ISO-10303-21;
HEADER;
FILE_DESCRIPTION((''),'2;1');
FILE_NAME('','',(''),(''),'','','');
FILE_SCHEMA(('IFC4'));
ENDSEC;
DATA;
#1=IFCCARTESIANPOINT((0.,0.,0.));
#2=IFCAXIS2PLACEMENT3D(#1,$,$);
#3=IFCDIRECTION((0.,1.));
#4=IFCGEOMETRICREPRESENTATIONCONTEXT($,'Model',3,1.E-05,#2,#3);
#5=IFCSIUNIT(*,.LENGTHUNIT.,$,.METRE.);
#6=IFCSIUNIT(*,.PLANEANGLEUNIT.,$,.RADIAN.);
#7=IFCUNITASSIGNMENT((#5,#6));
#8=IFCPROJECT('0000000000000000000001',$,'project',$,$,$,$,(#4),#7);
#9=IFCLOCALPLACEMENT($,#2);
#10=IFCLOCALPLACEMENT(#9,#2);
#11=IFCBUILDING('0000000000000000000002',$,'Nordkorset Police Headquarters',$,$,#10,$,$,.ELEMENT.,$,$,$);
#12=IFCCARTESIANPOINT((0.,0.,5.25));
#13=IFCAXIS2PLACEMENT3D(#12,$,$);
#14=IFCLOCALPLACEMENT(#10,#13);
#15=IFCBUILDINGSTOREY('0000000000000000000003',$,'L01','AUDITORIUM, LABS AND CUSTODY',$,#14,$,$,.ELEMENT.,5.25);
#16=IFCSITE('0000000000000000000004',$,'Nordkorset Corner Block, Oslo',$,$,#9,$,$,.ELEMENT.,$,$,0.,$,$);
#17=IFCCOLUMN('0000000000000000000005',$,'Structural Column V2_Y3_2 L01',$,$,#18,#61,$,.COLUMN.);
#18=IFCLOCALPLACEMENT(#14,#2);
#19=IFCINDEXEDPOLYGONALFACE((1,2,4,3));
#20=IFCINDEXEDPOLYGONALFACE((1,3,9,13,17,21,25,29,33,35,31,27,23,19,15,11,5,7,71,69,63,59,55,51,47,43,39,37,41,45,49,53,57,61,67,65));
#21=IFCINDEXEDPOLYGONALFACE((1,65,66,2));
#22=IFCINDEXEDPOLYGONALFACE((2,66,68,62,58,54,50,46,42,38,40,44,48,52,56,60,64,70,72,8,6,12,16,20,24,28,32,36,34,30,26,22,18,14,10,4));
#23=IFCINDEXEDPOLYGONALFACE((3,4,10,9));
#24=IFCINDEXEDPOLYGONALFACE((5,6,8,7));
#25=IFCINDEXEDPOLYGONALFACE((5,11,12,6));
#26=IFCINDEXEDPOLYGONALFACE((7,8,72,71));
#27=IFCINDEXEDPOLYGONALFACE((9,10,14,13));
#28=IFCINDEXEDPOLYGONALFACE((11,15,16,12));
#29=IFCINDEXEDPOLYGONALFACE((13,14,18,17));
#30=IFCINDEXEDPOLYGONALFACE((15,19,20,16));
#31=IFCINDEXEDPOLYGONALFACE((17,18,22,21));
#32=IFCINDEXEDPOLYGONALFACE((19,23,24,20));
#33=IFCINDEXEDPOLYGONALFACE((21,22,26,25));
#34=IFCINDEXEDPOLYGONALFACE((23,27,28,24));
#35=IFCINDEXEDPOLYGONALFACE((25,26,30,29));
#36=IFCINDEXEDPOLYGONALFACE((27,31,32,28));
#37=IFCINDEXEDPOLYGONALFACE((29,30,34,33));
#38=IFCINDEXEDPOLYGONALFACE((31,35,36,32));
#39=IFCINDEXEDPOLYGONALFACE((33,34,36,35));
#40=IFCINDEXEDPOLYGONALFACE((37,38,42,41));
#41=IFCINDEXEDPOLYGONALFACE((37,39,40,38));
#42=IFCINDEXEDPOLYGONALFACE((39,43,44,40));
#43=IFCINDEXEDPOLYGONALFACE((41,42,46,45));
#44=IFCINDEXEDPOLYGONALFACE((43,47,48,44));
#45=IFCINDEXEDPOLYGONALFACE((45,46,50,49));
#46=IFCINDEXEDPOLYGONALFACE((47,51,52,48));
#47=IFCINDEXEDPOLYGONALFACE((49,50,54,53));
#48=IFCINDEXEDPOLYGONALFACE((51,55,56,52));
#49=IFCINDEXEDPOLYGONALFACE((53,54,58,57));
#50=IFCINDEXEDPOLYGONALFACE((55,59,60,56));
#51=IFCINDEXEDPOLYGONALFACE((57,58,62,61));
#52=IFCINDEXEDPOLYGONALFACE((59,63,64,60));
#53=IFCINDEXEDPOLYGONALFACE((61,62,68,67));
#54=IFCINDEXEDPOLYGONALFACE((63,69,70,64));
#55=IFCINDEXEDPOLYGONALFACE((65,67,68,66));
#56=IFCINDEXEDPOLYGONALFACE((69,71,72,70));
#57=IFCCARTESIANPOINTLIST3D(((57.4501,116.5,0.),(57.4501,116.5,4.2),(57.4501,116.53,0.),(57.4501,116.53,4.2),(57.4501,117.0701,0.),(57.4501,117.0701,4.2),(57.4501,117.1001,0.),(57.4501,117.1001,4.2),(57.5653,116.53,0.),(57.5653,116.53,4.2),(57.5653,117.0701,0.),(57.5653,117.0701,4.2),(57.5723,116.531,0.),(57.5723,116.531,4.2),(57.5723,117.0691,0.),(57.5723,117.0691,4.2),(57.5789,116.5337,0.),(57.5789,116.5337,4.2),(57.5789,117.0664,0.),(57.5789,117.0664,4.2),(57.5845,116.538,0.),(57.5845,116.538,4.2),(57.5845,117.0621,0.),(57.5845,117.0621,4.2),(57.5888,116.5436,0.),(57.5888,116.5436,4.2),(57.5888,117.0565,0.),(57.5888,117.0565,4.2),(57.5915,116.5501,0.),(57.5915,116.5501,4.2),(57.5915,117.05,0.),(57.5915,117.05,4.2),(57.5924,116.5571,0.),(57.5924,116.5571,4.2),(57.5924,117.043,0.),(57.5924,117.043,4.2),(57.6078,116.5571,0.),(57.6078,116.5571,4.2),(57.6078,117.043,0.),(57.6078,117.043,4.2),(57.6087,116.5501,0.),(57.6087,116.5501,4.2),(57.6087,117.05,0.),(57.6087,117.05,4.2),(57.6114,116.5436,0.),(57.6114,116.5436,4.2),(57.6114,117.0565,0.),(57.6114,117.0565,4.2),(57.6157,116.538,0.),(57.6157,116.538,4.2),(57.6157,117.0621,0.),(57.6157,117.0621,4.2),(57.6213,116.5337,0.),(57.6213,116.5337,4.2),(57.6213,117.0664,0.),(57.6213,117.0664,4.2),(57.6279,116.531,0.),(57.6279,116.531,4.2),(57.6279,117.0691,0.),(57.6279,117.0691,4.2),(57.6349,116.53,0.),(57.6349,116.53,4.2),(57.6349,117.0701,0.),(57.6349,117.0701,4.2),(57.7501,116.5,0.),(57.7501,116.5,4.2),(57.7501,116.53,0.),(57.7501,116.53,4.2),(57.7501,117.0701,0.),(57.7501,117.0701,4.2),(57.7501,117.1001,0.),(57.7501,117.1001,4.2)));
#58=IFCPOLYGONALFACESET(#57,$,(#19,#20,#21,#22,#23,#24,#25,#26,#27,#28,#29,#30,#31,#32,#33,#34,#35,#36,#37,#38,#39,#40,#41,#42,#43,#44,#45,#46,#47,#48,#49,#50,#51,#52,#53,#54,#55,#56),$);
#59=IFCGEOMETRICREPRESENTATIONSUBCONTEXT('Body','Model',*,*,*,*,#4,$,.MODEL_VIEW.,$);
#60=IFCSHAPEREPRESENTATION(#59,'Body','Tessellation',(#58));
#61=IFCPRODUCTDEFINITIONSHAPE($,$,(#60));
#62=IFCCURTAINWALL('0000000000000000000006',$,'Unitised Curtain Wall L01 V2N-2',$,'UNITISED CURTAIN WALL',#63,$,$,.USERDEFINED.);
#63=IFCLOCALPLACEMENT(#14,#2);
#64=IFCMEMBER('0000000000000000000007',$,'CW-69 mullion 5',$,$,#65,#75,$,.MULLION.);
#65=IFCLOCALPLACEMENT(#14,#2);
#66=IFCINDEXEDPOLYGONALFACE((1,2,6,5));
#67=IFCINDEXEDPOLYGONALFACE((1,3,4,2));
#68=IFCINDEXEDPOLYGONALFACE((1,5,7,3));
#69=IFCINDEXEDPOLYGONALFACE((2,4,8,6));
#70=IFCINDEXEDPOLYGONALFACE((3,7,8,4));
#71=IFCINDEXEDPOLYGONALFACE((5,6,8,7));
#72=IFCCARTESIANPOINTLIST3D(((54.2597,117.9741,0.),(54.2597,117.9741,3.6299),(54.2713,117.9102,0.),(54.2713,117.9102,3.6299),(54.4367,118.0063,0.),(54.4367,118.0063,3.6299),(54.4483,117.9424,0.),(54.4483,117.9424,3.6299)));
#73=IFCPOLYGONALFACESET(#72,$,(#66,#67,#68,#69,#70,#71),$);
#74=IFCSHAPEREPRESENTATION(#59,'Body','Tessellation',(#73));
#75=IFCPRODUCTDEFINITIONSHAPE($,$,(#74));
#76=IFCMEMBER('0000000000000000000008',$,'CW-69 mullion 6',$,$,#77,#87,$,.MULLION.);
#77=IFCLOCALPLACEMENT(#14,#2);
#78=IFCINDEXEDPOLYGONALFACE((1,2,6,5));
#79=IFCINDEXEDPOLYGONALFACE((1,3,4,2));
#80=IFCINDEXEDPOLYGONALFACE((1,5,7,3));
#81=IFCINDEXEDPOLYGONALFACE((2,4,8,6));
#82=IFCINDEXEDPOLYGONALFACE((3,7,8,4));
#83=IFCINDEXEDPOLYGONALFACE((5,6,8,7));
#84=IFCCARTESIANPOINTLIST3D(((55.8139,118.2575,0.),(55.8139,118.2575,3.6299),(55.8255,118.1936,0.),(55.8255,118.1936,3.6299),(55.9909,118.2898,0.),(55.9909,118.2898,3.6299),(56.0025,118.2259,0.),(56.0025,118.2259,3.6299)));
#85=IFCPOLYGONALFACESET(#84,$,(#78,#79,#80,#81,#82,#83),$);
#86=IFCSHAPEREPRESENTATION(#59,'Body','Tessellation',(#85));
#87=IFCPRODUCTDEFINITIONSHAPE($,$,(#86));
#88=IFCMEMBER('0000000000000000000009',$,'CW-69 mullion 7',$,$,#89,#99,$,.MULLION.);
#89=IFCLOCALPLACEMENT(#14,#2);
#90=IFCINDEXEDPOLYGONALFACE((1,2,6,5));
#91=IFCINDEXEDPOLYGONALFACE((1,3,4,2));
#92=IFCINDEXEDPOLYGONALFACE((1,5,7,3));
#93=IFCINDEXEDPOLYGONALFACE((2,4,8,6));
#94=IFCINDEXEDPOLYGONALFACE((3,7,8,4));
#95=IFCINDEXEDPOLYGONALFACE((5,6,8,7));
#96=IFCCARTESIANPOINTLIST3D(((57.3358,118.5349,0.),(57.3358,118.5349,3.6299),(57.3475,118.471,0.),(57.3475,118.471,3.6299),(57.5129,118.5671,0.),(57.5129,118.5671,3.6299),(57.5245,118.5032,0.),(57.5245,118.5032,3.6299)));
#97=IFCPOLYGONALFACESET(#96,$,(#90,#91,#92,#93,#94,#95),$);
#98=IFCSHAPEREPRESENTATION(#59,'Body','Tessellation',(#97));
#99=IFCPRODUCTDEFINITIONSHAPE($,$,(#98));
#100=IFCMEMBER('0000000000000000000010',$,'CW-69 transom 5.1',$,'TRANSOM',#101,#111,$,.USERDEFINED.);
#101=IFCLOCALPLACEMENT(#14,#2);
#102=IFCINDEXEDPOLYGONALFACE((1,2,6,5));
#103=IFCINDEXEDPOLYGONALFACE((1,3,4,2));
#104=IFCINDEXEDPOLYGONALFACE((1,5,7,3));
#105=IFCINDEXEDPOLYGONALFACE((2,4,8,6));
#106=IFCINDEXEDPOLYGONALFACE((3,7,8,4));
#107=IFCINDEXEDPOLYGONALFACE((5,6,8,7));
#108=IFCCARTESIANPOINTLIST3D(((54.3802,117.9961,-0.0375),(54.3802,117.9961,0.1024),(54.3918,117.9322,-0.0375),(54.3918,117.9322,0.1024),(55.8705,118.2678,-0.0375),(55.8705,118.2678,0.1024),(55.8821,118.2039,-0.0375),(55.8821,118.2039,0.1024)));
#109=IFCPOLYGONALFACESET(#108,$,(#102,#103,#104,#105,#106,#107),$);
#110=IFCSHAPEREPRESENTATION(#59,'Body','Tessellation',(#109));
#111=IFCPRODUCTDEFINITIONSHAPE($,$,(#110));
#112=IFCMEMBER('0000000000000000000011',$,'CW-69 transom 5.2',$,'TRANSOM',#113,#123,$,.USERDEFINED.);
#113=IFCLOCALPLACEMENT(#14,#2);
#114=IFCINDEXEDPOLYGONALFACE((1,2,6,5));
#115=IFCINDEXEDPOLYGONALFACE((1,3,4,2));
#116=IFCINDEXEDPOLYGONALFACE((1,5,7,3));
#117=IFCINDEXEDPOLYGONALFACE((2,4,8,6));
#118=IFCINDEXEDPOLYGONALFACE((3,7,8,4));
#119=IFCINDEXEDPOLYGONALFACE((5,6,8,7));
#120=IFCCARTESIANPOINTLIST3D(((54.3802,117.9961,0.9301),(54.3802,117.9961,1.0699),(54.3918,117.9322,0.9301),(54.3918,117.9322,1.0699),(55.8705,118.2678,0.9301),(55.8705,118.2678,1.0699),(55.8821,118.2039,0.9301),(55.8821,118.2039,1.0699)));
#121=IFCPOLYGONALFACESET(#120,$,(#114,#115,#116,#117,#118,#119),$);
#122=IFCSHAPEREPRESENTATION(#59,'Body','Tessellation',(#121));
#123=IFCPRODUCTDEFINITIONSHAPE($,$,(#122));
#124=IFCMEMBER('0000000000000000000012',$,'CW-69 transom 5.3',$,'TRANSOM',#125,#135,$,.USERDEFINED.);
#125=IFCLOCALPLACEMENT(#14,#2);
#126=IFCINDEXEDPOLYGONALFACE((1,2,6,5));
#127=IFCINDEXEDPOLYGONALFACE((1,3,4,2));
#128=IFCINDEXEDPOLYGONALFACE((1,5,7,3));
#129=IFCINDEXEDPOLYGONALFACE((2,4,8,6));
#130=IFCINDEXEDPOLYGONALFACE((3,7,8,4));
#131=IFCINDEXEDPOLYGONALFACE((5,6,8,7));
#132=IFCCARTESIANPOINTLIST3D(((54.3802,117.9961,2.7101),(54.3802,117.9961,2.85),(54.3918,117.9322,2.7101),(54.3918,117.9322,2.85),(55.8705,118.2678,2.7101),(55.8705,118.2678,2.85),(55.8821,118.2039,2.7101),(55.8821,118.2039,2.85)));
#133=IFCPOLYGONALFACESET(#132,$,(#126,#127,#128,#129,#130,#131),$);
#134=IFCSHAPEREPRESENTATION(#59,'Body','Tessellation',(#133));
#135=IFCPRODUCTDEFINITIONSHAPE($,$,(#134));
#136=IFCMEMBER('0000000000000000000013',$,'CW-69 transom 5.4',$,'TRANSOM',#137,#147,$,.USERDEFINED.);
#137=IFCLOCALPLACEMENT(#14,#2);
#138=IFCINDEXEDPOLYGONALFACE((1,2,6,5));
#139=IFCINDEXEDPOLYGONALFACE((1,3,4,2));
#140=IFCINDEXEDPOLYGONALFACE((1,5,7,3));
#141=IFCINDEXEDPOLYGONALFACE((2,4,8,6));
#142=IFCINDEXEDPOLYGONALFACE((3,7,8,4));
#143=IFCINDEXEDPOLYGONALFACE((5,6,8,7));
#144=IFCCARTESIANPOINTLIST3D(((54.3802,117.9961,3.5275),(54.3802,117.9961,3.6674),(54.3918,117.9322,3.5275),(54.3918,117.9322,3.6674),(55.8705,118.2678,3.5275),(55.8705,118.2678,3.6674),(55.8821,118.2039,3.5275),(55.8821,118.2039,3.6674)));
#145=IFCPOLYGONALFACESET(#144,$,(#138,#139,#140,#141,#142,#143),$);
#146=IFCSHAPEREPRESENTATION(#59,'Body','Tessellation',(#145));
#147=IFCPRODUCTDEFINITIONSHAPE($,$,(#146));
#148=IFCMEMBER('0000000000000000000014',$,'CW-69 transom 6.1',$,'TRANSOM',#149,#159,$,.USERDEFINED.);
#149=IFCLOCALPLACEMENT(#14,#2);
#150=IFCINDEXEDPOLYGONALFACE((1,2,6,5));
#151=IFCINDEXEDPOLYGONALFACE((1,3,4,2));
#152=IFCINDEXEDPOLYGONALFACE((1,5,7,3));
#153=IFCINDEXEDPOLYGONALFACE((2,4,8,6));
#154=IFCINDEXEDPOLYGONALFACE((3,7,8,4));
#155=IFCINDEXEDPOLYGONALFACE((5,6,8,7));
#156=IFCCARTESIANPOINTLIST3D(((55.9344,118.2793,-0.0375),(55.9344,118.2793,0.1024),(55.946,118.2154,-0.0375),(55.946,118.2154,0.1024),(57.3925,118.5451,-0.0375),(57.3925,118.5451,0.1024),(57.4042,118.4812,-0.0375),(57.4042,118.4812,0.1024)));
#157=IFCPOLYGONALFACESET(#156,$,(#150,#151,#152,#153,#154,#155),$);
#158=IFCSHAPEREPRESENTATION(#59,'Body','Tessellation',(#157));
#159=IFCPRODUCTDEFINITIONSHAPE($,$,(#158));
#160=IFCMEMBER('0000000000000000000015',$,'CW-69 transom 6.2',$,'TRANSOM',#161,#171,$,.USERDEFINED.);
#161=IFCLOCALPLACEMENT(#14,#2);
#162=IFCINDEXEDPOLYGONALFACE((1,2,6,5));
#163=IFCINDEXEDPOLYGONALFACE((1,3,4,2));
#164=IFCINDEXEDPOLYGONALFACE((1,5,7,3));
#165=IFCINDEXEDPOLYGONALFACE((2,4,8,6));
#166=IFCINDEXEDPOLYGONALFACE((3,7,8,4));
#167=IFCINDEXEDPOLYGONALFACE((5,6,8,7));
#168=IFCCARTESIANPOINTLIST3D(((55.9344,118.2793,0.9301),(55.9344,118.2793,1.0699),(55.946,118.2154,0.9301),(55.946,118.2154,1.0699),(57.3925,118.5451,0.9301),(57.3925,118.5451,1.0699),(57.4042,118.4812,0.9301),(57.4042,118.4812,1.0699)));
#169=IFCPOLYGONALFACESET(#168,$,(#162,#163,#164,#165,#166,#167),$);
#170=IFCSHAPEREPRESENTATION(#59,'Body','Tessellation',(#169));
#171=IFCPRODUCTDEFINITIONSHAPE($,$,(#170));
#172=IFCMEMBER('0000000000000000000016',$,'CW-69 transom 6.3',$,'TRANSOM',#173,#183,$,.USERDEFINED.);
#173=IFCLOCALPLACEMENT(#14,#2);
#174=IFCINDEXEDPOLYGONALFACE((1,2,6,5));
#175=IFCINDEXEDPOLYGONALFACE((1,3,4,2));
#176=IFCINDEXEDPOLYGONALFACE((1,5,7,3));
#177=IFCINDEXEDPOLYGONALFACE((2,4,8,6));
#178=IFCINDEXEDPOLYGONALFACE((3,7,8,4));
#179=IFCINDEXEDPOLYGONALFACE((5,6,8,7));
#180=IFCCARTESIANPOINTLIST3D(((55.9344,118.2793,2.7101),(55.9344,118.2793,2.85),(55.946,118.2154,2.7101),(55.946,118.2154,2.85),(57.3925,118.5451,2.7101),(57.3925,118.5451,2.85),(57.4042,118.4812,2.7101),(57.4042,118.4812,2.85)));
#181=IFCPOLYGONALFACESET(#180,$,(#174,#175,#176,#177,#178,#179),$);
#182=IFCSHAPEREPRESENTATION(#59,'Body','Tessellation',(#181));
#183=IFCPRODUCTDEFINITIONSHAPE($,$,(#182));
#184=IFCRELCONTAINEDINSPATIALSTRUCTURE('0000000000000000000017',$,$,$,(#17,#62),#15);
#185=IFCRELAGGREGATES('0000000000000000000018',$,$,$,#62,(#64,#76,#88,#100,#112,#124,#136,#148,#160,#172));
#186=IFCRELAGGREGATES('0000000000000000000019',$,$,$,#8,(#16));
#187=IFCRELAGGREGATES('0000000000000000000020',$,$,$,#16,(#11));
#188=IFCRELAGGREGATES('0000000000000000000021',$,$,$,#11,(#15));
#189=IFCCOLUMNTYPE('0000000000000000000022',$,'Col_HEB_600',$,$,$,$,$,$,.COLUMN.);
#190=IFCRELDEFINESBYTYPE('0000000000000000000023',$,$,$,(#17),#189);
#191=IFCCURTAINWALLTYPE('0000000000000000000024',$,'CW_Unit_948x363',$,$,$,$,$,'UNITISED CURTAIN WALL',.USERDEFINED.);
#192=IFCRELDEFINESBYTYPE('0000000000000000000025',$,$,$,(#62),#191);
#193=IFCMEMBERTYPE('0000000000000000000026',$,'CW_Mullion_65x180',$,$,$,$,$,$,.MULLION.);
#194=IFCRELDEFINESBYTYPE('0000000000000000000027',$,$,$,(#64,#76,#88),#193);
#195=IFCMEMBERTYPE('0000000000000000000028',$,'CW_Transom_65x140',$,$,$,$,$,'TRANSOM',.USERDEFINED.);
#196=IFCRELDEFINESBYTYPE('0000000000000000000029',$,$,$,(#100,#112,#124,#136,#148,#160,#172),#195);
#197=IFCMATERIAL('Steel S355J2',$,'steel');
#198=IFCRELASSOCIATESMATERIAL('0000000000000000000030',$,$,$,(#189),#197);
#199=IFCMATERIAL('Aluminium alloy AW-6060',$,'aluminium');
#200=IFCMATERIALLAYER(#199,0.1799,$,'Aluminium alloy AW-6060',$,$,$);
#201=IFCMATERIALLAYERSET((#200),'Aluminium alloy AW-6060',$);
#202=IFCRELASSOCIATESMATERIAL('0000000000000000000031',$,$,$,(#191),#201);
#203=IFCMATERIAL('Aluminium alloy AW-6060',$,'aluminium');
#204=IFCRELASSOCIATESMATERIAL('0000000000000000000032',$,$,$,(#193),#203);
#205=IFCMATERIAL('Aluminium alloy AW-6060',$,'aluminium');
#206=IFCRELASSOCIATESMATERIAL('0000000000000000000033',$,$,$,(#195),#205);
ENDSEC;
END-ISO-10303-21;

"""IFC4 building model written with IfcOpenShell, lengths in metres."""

from ifc_helpers import new_model, si_unit, direction, frame, origin, origin_2d, place, context, subcontext, project, spatial, rectangle, i_section, extrude, material, layer, layer_set, material_profile, profile_set, type_object, element, aggregate, save


model = new_model("IFC4")

# Units and contexts
model_context = context("Model", 3, precision=1e-05, world=origin(), true_north=direction((0.0, 1.0)))
body_context = subcontext(model_context, "Body", "Model", "MODEL_VIEW")
ifc_project = project(units=[si_unit("LENGTHUNIT", "METRE"), si_unit("PLANEANGLEUNIT", "RADIAN")], contexts=[model_context])

# Site, building, storey
site_placement = place(None, origin())
site = spatial("IfcSite", under=ifc_project, at=site_placement, Name="Nordkorset Corner Block, Oslo", CompositionType="ELEMENT", RefElevation=0.0)
building_placement = place(site_placement, origin())
building = spatial("IfcBuilding", under=site, at=building_placement, Name="Nordkorset Police Headquarters", CompositionType="ELEMENT")
storey_placement = place(building_placement, frame((0.0, 0.0, 5.25)))
storey = spatial("IfcBuildingStorey", under=building, at=storey_placement, Name="L01", Description="AUDITORIUM, LABS AND CUSTODY", CompositionType="ELEMENT", Elevation=5.25)

# Column
ifc_material_1 = material(Name="Steel S355J2", Category="steel")
ifc_material_profile_1 = material_profile(ifc_material_1, i_section(OverallWidth=0.3, OverallDepth=0.6001, WebThickness=0.0154, FlangeThickness=0.03, FilletRadius=0.0271, at=origin_2d()), Name="HEB 600")
ifc_profile_set_1 = profile_set([ifc_material_profile_1], Name="Steel S355J2")
column_type = type_object("IfcColumnType", Name="Col_HEB_600", PredefinedType="COLUMN", material=ifc_profile_set_1)
column_placement = place(storey_placement, frame((57.6001, 116.8, 0.0), z_axis=(0.0, 0.0, 1.0), x_axis=(1.0, 0.0, 0.0)))
element("IfcColumn", 1, at=column_placement, inside=storey, type_object=column_type, Name="Structural Column V2_Y3_2 L01", PredefinedType="COLUMN", context=body_context, shape_type="SweptSolid", body=[
    extrude(i_section(OverallWidth=0.3, OverallDepth=0.6001, WebThickness=0.0154, FlangeThickness=0.03, FilletRadius=0.0271, at=origin_2d()), origin(), (0.0, 0.0, 1.0), 4.2),
])

# Curtain wall, members
ifc_material_2 = material(Name="Aluminium alloy AW-6060", Category="aluminium")
ifc_layer_1 = layer(ifc_material_2, 0.1799, Name="Aluminium alloy AW-6060")
ifc_layer_set_1 = layer_set([ifc_layer_1], Name="Aluminium alloy AW-6060")
curtain_wall_type = type_object("IfcCurtainWallType", Name="CW_Unit_948x363", ElementType="UNITISED CURTAIN WALL", PredefinedType="USERDEFINED", material=ifc_layer_set_1)
curtain_wall_placement = place(storey_placement, origin())
curtain_wall = element("IfcCurtainWall", 2, at=curtain_wall_placement, inside=storey, type_object=curtain_wall_type, Name="Unitised Curtain Wall L01 V2N-2", ObjectType="UNITISED CURTAIN WALL", PredefinedType="USERDEFINED")
ifc_material_3 = material(Name="Aluminium alloy AW-6060", Category="aluminium")
ifc_material_profile_2 = material_profile(ifc_material_3, rectangle(XDim=0.0649, YDim=0.1799, at=origin_2d()), Name="ALU MULL 65x180")
ifc_profile_set_2 = profile_set([ifc_material_profile_2], Name="Aluminium alloy AW-6060")
member_type_1 = type_object("IfcMemberType", Name="CW_Mullion_65x180", PredefinedType="MULLION", material=ifc_profile_set_2)
member_1_placement = place(storey_placement, frame((54.354, 117.9583, 0.0), z_axis=(0.0, 0.0, 1.0), x_axis=(-0.179336, 0.983788, 0.0)))
member_1 = element("IfcMember", 3, at=member_1_placement, type_object=member_type_1, Name="CW-69 mullion 5", PredefinedType="MULLION", context=body_context, shape_type="SweptSolid", body=[
    extrude(rectangle(XDim=0.0649, YDim=0.1799, at=origin_2d()), origin(), (0.0, 0.0, 1.0), 3.6299),
])
member_2_placement = place(storey_placement, frame((55.9082, 118.2417, 0.0), z_axis=(0.0, 0.0, 1.0), x_axis=(-0.179336, 0.983788, 0.0)))
member_2 = element("IfcMember", 4, at=member_2_placement, type_object=member_type_1, Name="CW-69 mullion 6", PredefinedType="MULLION", context=body_context, shape_type="SweptSolid", body=[
    extrude(rectangle(XDim=0.0649, YDim=0.1799, at=origin_2d()), origin(), (0.0, 0.0, 1.0), 3.6299),
])
member_3_placement = place(storey_placement, frame((57.4302, 118.519, 0.0), z_axis=(0.0, 0.0, 1.0), x_axis=(-0.179336, 0.983788, 0.0)))
member_3 = element("IfcMember", 5, at=member_3_placement, type_object=member_type_1, Name="CW-69 mullion 7", PredefinedType="MULLION", context=body_context, shape_type="SweptSolid", body=[
    extrude(rectangle(XDim=0.0649, YDim=0.1799, at=origin_2d()), origin(), (0.0, 0.0, 1.0), 3.6299),
])
ifc_material_4 = material(Name="Aluminium alloy AW-6060", Category="aluminium")
ifc_material_profile_3 = material_profile(ifc_material_4, rectangle(XDim=0.0649, YDim=0.1399, at=origin_2d()), Name="ALU TRAN 65x140")
ifc_profile_set_3 = profile_set([ifc_material_profile_3], Name="Aluminium alloy AW-6060")
member_type_2 = type_object("IfcMemberType", Name="CW_Transom_65x140", ElementType="TRANSOM", PredefinedType="USERDEFINED", material=ifc_profile_set_3)
member_4_placement = place(storey_placement, frame((54.386, 117.9641, 0.0325), z_axis=(0.98378, 0.179382, 0.0), x_axis=(-0.179382, 0.98378, 0.0)))
member_4 = element("IfcMember", 6, at=member_4_placement, type_object=member_type_2, Name="CW-69 transom 5.1", ObjectType="TRANSOM", PredefinedType="USERDEFINED", context=body_context, shape_type="SweptSolid", body=[
    extrude(rectangle(XDim=0.0649, YDim=0.1399, at=origin_2d()), origin(), (0.0, 0.0, 1.0), 1.5149),
])
member_5_placement = place(storey_placement, frame((54.386, 117.9641, 1.0), z_axis=(0.98378, 0.179382, 0.0), x_axis=(-0.179382, 0.98378, 0.0)))
member_5 = element("IfcMember", 7, at=member_5_placement, type_object=member_type_2, Name="CW-69 transom 5.2", ObjectType="TRANSOM", PredefinedType="USERDEFINED", context=body_context, shape_type="SweptSolid", body=[
    extrude(rectangle(XDim=0.0649, YDim=0.1399, at=origin_2d()), origin(), (0.0, 0.0, 1.0), 1.5149),
])
member_6_placement = place(storey_placement, frame((54.386, 117.9641, 2.78), z_axis=(0.98378, 0.179382, 0.0), x_axis=(-0.179382, 0.98378, 0.0)))
member_6 = element("IfcMember", 8, at=member_6_placement, type_object=member_type_2, Name="CW-69 transom 5.3", ObjectType="TRANSOM", PredefinedType="USERDEFINED", context=body_context, shape_type="SweptSolid", body=[
    extrude(rectangle(XDim=0.0649, YDim=0.1399, at=origin_2d()), origin(), (0.0, 0.0, 1.0), 1.5149),
])
member_7_placement = place(storey_placement, frame((54.386, 117.9641, 3.5974), z_axis=(0.98378, 0.179382, 0.0), x_axis=(-0.179382, 0.98378, 0.0)))
member_7 = element("IfcMember", 9, at=member_7_placement, type_object=member_type_2, Name="CW-69 transom 5.4", ObjectType="TRANSOM", PredefinedType="USERDEFINED", context=body_context, shape_type="SweptSolid", body=[
    extrude(rectangle(XDim=0.0649, YDim=0.1399, at=origin_2d()), origin(), (0.0, 0.0, 1.0), 1.5149),
])
member_8_placement = place(storey_placement, frame((55.9402, 118.2473, 0.0325), z_axis=(0.983783, 0.179364, 0.0), x_axis=(-0.179364, 0.983783, 0.0)))
member_8 = element("IfcMember", 10, at=member_8_placement, type_object=member_type_2, Name="CW-69 transom 6.1", ObjectType="TRANSOM", PredefinedType="USERDEFINED", context=body_context, shape_type="SweptSolid", body=[
    extrude(rectangle(XDim=0.0649, YDim=0.1399, at=origin_2d()), origin(), (0.0, 0.0, 1.0), 1.4822),
])
member_9_placement = place(storey_placement, frame((55.9402, 118.2473, 1.0), z_axis=(0.983783, 0.179364, 0.0), x_axis=(-0.179364, 0.983783, 0.0)))
member_9 = element("IfcMember", 11, at=member_9_placement, type_object=member_type_2, Name="CW-69 transom 6.2", ObjectType="TRANSOM", PredefinedType="USERDEFINED", context=body_context, shape_type="SweptSolid", body=[
    extrude(rectangle(XDim=0.0649, YDim=0.1399, at=origin_2d()), origin(), (0.0, 0.0, 1.0), 1.4822),
])
member_10_placement = place(storey_placement, frame((55.9402, 118.2473, 2.78), z_axis=(0.983783, 0.179364, 0.0), x_axis=(-0.179364, 0.983783, 0.0)))
member_10 = element("IfcMember", 12, at=member_10_placement, type_object=member_type_2, Name="CW-69 transom 6.3", ObjectType="TRANSOM", PredefinedType="USERDEFINED", context=body_context, shape_type="SweptSolid", body=[
    extrude(rectangle(XDim=0.0649, YDim=0.1399, at=origin_2d()), origin(), (0.0, 0.0, 1.0), 1.4822),
])

aggregate(curtain_wall, [member_1, member_2, member_3, member_4, member_5, member_6, member_7, member_8, member_9, member_10])

save(model, "model.ifc")
